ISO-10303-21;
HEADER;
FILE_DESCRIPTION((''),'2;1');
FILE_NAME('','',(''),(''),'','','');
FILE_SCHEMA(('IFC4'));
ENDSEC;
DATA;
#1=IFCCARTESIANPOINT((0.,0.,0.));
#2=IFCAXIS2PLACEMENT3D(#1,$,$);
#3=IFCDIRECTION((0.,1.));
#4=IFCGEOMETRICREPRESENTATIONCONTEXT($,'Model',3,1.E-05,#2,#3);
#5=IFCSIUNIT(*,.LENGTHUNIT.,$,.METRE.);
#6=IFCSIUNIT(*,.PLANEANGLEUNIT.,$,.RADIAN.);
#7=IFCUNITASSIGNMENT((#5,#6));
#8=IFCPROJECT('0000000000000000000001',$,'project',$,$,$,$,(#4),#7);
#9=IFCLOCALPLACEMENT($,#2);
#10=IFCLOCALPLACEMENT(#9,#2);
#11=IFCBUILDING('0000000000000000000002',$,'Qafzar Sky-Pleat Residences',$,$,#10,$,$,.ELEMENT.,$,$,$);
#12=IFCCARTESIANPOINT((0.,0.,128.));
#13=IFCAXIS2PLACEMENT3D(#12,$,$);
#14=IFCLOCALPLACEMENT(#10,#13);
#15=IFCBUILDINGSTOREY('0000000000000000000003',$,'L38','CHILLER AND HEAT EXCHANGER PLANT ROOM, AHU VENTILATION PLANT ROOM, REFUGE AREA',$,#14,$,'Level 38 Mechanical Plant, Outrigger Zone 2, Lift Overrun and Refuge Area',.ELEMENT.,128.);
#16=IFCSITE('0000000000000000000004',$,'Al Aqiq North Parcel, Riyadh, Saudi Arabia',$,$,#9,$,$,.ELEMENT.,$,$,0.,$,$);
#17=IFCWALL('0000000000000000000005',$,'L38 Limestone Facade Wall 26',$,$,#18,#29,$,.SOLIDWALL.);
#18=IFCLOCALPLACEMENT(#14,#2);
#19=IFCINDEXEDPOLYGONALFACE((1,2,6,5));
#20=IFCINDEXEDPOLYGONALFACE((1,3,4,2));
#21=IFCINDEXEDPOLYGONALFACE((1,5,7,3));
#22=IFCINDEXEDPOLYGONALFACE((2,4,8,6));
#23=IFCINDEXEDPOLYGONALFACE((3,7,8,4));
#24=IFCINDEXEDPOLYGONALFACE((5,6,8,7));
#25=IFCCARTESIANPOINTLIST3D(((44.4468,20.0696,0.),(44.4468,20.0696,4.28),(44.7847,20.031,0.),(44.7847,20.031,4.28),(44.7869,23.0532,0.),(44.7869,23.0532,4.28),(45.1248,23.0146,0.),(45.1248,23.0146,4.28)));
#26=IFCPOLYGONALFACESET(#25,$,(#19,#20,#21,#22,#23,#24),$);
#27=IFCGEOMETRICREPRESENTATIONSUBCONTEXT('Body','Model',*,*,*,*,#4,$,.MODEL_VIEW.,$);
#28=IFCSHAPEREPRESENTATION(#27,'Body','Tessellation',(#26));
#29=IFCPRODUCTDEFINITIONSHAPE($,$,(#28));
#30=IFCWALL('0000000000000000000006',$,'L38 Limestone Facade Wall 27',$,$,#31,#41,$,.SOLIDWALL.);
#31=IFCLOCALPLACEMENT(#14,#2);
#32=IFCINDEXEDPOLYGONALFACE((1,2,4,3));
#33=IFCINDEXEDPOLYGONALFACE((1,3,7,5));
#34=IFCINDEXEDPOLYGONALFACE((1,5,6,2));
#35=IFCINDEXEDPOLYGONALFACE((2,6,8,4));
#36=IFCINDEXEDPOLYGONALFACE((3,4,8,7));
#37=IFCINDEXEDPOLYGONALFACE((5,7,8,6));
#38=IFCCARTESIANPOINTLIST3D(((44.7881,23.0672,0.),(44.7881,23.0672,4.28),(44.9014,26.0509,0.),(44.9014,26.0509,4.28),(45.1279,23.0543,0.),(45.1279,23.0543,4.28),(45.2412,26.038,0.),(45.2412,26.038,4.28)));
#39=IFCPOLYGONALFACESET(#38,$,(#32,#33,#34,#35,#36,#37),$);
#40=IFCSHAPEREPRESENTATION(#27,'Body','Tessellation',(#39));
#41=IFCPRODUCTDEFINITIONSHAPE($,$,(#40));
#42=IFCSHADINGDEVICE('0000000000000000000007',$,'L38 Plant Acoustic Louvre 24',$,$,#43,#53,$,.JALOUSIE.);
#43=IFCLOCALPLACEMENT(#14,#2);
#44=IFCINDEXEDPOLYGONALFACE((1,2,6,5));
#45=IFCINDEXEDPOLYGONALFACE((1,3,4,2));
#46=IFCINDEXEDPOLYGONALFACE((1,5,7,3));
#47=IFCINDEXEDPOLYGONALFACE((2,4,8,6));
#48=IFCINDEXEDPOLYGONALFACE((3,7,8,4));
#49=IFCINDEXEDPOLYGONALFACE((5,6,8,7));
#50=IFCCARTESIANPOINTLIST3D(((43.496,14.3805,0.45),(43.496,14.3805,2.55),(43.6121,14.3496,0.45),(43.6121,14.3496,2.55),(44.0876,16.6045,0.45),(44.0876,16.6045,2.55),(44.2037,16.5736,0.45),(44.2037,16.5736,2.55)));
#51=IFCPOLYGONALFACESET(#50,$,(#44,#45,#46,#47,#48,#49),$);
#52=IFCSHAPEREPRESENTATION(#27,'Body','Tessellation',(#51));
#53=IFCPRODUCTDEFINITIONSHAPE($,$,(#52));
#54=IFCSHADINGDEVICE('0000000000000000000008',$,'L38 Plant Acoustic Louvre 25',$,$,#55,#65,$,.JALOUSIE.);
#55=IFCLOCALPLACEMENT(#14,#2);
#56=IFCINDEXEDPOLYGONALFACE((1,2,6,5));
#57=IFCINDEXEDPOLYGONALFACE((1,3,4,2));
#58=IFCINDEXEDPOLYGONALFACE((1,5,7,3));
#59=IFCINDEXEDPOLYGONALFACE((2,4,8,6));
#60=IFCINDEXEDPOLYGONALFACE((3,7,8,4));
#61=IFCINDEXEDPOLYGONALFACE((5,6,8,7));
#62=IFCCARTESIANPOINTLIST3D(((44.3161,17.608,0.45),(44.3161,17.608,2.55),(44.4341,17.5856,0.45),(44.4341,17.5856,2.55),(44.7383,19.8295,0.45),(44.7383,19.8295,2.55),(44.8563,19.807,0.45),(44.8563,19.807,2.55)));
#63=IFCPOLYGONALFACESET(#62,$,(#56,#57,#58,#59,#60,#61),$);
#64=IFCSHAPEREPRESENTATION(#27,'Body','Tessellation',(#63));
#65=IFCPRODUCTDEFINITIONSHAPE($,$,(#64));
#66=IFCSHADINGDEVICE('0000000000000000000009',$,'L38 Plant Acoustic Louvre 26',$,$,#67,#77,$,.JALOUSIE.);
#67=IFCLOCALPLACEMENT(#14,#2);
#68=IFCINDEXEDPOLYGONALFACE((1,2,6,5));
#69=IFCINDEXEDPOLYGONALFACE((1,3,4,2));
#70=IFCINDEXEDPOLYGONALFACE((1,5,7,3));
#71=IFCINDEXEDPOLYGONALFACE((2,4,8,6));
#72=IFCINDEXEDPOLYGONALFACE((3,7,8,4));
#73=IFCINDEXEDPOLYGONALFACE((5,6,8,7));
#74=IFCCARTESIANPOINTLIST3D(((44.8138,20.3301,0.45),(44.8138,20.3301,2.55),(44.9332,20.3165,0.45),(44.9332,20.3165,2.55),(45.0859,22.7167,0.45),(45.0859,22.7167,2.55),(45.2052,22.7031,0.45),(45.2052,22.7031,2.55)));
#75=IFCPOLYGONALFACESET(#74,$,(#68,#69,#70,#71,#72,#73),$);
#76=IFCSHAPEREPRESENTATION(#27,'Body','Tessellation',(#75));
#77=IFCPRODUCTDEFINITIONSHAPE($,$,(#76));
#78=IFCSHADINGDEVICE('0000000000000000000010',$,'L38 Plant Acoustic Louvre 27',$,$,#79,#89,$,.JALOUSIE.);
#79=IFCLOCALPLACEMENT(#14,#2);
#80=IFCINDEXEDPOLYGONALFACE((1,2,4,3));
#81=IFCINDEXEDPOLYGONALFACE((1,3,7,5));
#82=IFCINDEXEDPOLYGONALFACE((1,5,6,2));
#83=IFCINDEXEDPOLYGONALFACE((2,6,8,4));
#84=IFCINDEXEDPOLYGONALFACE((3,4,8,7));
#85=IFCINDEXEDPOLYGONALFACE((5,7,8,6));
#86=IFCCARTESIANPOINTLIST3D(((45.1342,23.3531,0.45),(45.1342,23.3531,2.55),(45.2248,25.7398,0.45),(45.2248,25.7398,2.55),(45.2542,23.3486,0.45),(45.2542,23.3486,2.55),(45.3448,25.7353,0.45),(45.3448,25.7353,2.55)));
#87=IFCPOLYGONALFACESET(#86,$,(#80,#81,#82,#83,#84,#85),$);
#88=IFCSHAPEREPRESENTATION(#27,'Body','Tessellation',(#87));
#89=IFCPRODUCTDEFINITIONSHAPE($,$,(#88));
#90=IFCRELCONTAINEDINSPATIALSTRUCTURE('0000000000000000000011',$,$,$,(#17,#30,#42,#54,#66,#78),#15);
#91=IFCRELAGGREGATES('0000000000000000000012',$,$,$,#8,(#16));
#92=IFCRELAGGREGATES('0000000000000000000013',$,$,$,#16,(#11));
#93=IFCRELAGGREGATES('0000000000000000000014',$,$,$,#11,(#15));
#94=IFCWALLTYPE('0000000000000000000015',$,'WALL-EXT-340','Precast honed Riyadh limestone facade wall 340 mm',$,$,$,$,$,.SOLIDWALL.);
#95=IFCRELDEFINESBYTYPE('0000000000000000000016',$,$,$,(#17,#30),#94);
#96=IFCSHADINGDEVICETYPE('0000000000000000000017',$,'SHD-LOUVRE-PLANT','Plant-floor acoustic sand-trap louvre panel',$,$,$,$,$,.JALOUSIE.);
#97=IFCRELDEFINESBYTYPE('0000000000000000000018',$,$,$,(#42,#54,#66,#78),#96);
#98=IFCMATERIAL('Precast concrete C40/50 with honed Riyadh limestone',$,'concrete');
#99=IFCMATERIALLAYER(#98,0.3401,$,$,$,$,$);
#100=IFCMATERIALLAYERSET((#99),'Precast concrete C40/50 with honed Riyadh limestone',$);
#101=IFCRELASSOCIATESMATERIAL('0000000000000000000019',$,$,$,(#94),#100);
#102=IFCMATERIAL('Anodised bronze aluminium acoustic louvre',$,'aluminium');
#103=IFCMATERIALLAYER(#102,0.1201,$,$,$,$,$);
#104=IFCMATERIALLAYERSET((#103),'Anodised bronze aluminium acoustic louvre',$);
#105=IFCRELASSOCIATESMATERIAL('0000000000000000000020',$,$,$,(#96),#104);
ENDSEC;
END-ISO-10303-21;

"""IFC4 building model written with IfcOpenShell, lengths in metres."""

from ifc_helpers import new_model, si_unit, direction, frame, frame_2d, origin, origin_2d, place, context, subcontext, project, spatial, rectangle, extrude, source, transform, mapped, material, layer, layer_set, type_object, element, save


model = new_model("IFC4")

# Units and contexts
model_context = context("Model", 3, precision=1e-05, world=origin(), true_north=direction((0.0, 1.0)))
body_context = subcontext(model_context, "Body", "Model", "MODEL_VIEW")
ifc_project = project(units=[si_unit("LENGTHUNIT", "METRE"), si_unit("PLANEANGLEUNIT", "RADIAN")], contexts=[model_context])

# Site, building, storey
site_placement = place(None, origin())
site = spatial("IfcSite", under=ifc_project, at=site_placement, Name="Al Aqiq North Parcel, Riyadh, Saudi Arabia", CompositionType="ELEMENT", RefElevation=0.0)
building_placement = place(site_placement, origin())
building = spatial("IfcBuilding", under=site, at=building_placement, Name="Qafzar Sky-Pleat Residences", CompositionType="ELEMENT")
storey_placement = place(building_placement, frame((0.0, 0.0, 128.0)))
storey = spatial("IfcBuildingStorey", under=building, at=storey_placement, Name="L38", Description="CHILLER AND HEAT EXCHANGER PLANT ROOM, AHU VENTILATION PLANT ROOM, REFUGE AREA", LongName="Level 38 Mechanical Plant, Outrigger Zone 2, Lift Overrun and Refuge Area", CompositionType="ELEMENT", Elevation=128.0)

# Walls
ifc_material_1 = material(Name="Precast concrete C40/50 with honed Riyadh limestone", Category="concrete")
ifc_layer_1 = layer(ifc_material_1, 0.3401)
ifc_layer_set_1 = layer_set([ifc_layer_1], Name="Precast concrete C40/50 with honed Riyadh limestone")
wall_type = type_object("IfcWallType", Name="WALL-EXT-340", Description="Precast honed Riyadh limestone facade wall 340 mm", PredefinedType="SOLIDWALL", material=ifc_layer_set_1)
wall_1_placement = place(storey_placement, frame((44.6157, 20.0503, 0.0), z_axis=(0.0, 0.0, 1.0), x_axis=(0.113251, 0.993566, 0.0)))
element("IfcWall", 1, at=wall_1_placement, inside=storey, type_object=wall_type, Name="L38 Limestone Facade Wall 26", PredefinedType="SOLIDWALL", context=body_context, shape_type="SweptSolid", body=[
    extrude(rectangle(XDim=3.0029, YDim=0.3401, at=frame_2d((1.5015, 0.0))), origin(), (0.0, 0.0, 1.0), 4.28),
])
wall_2_placement = place(storey_placement, frame((44.958, 23.0608, 0.0), z_axis=(0.0, 0.0, 1.0), x_axis=(0.03794, 0.99928, 0.0)))
element("IfcWall", 2, at=wall_2_placement, inside=storey, type_object=wall_type, Name="L38 Limestone Facade Wall 27", PredefinedType="SOLIDWALL", context=body_context, shape_type="SweptSolid", body=[
    extrude(rectangle(XDim=2.9858, YDim=0.3401, at=frame_2d((1.4929, 0.0))), origin(), (0.0, 0.0, 1.0), 4.28),
])

# Shading devices
ifc_material_2 = material(Name="Anodised bronze aluminium acoustic louvre", Category="aluminium")
ifc_layer_2 = layer(ifc_material_2, 0.1201)
ifc_layer_set_2 = layer_set([ifc_layer_2], Name="Anodised bronze aluminium acoustic louvre")
shading_device_type = type_object("IfcShadingDeviceType", Name="SHD-LOUVRE-PLANT", Description="Plant-floor acoustic sand-trap louvre panel", PredefinedType="JALOUSIE", material=ifc_layer_set_2)
shared_shape_1 = source(origin(), body_context, "Body", "SweptSolid", [
    extrude(rectangle(XDim=2.3013, YDim=0.1201, at=origin_2d()), origin(), (0.0, 0.0, 1.0), 2.1001),
])
shading_device_1_placement = place(storey_placement, frame((43.8499, 15.4771, 0.45), z_axis=(0.0, 0.0, 1.0), x_axis=(0.257076, 0.966391, 0.0)))
element("IfcShadingDevice", 3, at=shading_device_1_placement, inside=storey, type_object=shading_device_type, Name="L38 Plant Acoustic Louvre 24", PredefinedType="JALOUSIE", context=body_context, shape_type="MappedRepresentation", body=[
    mapped(shared_shape_1, transform((0.0, 0.0, 0.0), x_axis=(1.0, 0.0, 0.0), y_axis=(0.0, 1.0, 0.0), z_axis=(0.0, 0.0, 1.0), scale=1.0)),
])
shared_shape_2 = source(origin(), body_context, "Body", "SweptSolid", [
    extrude(rectangle(XDim=2.2612, YDim=0.1201, at=origin_2d()), origin(), (0.0, 0.0, 1.0), 2.1001),
])
shading_device_2_placement = place(storey_placement, frame((44.5862, 18.7075, 0.45), z_axis=(0.0, 0.0, 1.0), x_axis=(0.186691, 0.982419, 0.0)))
element("IfcShadingDevice", 4, at=shading_device_2_placement, inside=storey, type_object=shading_device_type, Name="L38 Plant Acoustic Louvre 25", PredefinedType="JALOUSIE", context=body_context, shape_type="MappedRepresentation", body=[
    mapped(shared_shape_2, transform((0.0, 0.0, 0.0), x_axis=(1.0, 0.0, 0.0), y_axis=(0.0, 1.0, 0.0), z_axis=(0.0, 0.0, 1.0), scale=1.0)),
])
shared_shape_3 = source(origin(), body_context, "Body", "SweptSolid", [
    extrude(rectangle(XDim=2.4021, YDim=0.1201, at=origin_2d()), origin(), (0.0, 0.0, 1.0), 2.1001),
])
shading_device_3_placement = place(storey_placement, frame((45.0095, 21.5166, 0.45), z_axis=(0.0, 0.0, 1.0), x_axis=(0.11326, 0.993565, 0.0)))
element("IfcShadingDevice", 5, at=shading_device_3_placement, inside=storey, type_object=shading_device_type, Name="L38 Plant Acoustic Louvre 26", PredefinedType="JALOUSIE", context=body_context, shape_type="MappedRepresentation", body=[
    mapped(shared_shape_3, transform((0.0, 0.0, 0.0), x_axis=(1.0, 0.0, 0.0), y_axis=(0.0, 1.0, 0.0), z_axis=(0.0, 0.0, 1.0), scale=1.0)),
])
shared_shape_4 = source(origin(), body_context, "Body", "SweptSolid", [
    extrude(rectangle(XDim=2.3884, YDim=0.1201, at=origin_2d()), origin(), (0.0, 0.0, 1.0), 2.1001),
])
shading_device_4_placement = place(storey_placement, frame((45.2395, 24.5442, 0.45), z_axis=(0.0, 0.0, 1.0), x_axis=(0.037948, 0.99928, 0.0)))
element("IfcShadingDevice", 6, at=shading_device_4_placement, inside=storey, type_object=shading_device_type, Name="L38 Plant Acoustic Louvre 27", PredefinedType="JALOUSIE", context=body_context, shape_type="MappedRepresentation", body=[
    mapped(shared_shape_4, transform((0.0, 0.0, 0.0), x_axis=(1.0, 0.0, 0.0), y_axis=(0.0, 1.0, 0.0), z_axis=(0.0, 0.0, 1.0), scale=1.0)),
])

save(model, "model.ifc")
